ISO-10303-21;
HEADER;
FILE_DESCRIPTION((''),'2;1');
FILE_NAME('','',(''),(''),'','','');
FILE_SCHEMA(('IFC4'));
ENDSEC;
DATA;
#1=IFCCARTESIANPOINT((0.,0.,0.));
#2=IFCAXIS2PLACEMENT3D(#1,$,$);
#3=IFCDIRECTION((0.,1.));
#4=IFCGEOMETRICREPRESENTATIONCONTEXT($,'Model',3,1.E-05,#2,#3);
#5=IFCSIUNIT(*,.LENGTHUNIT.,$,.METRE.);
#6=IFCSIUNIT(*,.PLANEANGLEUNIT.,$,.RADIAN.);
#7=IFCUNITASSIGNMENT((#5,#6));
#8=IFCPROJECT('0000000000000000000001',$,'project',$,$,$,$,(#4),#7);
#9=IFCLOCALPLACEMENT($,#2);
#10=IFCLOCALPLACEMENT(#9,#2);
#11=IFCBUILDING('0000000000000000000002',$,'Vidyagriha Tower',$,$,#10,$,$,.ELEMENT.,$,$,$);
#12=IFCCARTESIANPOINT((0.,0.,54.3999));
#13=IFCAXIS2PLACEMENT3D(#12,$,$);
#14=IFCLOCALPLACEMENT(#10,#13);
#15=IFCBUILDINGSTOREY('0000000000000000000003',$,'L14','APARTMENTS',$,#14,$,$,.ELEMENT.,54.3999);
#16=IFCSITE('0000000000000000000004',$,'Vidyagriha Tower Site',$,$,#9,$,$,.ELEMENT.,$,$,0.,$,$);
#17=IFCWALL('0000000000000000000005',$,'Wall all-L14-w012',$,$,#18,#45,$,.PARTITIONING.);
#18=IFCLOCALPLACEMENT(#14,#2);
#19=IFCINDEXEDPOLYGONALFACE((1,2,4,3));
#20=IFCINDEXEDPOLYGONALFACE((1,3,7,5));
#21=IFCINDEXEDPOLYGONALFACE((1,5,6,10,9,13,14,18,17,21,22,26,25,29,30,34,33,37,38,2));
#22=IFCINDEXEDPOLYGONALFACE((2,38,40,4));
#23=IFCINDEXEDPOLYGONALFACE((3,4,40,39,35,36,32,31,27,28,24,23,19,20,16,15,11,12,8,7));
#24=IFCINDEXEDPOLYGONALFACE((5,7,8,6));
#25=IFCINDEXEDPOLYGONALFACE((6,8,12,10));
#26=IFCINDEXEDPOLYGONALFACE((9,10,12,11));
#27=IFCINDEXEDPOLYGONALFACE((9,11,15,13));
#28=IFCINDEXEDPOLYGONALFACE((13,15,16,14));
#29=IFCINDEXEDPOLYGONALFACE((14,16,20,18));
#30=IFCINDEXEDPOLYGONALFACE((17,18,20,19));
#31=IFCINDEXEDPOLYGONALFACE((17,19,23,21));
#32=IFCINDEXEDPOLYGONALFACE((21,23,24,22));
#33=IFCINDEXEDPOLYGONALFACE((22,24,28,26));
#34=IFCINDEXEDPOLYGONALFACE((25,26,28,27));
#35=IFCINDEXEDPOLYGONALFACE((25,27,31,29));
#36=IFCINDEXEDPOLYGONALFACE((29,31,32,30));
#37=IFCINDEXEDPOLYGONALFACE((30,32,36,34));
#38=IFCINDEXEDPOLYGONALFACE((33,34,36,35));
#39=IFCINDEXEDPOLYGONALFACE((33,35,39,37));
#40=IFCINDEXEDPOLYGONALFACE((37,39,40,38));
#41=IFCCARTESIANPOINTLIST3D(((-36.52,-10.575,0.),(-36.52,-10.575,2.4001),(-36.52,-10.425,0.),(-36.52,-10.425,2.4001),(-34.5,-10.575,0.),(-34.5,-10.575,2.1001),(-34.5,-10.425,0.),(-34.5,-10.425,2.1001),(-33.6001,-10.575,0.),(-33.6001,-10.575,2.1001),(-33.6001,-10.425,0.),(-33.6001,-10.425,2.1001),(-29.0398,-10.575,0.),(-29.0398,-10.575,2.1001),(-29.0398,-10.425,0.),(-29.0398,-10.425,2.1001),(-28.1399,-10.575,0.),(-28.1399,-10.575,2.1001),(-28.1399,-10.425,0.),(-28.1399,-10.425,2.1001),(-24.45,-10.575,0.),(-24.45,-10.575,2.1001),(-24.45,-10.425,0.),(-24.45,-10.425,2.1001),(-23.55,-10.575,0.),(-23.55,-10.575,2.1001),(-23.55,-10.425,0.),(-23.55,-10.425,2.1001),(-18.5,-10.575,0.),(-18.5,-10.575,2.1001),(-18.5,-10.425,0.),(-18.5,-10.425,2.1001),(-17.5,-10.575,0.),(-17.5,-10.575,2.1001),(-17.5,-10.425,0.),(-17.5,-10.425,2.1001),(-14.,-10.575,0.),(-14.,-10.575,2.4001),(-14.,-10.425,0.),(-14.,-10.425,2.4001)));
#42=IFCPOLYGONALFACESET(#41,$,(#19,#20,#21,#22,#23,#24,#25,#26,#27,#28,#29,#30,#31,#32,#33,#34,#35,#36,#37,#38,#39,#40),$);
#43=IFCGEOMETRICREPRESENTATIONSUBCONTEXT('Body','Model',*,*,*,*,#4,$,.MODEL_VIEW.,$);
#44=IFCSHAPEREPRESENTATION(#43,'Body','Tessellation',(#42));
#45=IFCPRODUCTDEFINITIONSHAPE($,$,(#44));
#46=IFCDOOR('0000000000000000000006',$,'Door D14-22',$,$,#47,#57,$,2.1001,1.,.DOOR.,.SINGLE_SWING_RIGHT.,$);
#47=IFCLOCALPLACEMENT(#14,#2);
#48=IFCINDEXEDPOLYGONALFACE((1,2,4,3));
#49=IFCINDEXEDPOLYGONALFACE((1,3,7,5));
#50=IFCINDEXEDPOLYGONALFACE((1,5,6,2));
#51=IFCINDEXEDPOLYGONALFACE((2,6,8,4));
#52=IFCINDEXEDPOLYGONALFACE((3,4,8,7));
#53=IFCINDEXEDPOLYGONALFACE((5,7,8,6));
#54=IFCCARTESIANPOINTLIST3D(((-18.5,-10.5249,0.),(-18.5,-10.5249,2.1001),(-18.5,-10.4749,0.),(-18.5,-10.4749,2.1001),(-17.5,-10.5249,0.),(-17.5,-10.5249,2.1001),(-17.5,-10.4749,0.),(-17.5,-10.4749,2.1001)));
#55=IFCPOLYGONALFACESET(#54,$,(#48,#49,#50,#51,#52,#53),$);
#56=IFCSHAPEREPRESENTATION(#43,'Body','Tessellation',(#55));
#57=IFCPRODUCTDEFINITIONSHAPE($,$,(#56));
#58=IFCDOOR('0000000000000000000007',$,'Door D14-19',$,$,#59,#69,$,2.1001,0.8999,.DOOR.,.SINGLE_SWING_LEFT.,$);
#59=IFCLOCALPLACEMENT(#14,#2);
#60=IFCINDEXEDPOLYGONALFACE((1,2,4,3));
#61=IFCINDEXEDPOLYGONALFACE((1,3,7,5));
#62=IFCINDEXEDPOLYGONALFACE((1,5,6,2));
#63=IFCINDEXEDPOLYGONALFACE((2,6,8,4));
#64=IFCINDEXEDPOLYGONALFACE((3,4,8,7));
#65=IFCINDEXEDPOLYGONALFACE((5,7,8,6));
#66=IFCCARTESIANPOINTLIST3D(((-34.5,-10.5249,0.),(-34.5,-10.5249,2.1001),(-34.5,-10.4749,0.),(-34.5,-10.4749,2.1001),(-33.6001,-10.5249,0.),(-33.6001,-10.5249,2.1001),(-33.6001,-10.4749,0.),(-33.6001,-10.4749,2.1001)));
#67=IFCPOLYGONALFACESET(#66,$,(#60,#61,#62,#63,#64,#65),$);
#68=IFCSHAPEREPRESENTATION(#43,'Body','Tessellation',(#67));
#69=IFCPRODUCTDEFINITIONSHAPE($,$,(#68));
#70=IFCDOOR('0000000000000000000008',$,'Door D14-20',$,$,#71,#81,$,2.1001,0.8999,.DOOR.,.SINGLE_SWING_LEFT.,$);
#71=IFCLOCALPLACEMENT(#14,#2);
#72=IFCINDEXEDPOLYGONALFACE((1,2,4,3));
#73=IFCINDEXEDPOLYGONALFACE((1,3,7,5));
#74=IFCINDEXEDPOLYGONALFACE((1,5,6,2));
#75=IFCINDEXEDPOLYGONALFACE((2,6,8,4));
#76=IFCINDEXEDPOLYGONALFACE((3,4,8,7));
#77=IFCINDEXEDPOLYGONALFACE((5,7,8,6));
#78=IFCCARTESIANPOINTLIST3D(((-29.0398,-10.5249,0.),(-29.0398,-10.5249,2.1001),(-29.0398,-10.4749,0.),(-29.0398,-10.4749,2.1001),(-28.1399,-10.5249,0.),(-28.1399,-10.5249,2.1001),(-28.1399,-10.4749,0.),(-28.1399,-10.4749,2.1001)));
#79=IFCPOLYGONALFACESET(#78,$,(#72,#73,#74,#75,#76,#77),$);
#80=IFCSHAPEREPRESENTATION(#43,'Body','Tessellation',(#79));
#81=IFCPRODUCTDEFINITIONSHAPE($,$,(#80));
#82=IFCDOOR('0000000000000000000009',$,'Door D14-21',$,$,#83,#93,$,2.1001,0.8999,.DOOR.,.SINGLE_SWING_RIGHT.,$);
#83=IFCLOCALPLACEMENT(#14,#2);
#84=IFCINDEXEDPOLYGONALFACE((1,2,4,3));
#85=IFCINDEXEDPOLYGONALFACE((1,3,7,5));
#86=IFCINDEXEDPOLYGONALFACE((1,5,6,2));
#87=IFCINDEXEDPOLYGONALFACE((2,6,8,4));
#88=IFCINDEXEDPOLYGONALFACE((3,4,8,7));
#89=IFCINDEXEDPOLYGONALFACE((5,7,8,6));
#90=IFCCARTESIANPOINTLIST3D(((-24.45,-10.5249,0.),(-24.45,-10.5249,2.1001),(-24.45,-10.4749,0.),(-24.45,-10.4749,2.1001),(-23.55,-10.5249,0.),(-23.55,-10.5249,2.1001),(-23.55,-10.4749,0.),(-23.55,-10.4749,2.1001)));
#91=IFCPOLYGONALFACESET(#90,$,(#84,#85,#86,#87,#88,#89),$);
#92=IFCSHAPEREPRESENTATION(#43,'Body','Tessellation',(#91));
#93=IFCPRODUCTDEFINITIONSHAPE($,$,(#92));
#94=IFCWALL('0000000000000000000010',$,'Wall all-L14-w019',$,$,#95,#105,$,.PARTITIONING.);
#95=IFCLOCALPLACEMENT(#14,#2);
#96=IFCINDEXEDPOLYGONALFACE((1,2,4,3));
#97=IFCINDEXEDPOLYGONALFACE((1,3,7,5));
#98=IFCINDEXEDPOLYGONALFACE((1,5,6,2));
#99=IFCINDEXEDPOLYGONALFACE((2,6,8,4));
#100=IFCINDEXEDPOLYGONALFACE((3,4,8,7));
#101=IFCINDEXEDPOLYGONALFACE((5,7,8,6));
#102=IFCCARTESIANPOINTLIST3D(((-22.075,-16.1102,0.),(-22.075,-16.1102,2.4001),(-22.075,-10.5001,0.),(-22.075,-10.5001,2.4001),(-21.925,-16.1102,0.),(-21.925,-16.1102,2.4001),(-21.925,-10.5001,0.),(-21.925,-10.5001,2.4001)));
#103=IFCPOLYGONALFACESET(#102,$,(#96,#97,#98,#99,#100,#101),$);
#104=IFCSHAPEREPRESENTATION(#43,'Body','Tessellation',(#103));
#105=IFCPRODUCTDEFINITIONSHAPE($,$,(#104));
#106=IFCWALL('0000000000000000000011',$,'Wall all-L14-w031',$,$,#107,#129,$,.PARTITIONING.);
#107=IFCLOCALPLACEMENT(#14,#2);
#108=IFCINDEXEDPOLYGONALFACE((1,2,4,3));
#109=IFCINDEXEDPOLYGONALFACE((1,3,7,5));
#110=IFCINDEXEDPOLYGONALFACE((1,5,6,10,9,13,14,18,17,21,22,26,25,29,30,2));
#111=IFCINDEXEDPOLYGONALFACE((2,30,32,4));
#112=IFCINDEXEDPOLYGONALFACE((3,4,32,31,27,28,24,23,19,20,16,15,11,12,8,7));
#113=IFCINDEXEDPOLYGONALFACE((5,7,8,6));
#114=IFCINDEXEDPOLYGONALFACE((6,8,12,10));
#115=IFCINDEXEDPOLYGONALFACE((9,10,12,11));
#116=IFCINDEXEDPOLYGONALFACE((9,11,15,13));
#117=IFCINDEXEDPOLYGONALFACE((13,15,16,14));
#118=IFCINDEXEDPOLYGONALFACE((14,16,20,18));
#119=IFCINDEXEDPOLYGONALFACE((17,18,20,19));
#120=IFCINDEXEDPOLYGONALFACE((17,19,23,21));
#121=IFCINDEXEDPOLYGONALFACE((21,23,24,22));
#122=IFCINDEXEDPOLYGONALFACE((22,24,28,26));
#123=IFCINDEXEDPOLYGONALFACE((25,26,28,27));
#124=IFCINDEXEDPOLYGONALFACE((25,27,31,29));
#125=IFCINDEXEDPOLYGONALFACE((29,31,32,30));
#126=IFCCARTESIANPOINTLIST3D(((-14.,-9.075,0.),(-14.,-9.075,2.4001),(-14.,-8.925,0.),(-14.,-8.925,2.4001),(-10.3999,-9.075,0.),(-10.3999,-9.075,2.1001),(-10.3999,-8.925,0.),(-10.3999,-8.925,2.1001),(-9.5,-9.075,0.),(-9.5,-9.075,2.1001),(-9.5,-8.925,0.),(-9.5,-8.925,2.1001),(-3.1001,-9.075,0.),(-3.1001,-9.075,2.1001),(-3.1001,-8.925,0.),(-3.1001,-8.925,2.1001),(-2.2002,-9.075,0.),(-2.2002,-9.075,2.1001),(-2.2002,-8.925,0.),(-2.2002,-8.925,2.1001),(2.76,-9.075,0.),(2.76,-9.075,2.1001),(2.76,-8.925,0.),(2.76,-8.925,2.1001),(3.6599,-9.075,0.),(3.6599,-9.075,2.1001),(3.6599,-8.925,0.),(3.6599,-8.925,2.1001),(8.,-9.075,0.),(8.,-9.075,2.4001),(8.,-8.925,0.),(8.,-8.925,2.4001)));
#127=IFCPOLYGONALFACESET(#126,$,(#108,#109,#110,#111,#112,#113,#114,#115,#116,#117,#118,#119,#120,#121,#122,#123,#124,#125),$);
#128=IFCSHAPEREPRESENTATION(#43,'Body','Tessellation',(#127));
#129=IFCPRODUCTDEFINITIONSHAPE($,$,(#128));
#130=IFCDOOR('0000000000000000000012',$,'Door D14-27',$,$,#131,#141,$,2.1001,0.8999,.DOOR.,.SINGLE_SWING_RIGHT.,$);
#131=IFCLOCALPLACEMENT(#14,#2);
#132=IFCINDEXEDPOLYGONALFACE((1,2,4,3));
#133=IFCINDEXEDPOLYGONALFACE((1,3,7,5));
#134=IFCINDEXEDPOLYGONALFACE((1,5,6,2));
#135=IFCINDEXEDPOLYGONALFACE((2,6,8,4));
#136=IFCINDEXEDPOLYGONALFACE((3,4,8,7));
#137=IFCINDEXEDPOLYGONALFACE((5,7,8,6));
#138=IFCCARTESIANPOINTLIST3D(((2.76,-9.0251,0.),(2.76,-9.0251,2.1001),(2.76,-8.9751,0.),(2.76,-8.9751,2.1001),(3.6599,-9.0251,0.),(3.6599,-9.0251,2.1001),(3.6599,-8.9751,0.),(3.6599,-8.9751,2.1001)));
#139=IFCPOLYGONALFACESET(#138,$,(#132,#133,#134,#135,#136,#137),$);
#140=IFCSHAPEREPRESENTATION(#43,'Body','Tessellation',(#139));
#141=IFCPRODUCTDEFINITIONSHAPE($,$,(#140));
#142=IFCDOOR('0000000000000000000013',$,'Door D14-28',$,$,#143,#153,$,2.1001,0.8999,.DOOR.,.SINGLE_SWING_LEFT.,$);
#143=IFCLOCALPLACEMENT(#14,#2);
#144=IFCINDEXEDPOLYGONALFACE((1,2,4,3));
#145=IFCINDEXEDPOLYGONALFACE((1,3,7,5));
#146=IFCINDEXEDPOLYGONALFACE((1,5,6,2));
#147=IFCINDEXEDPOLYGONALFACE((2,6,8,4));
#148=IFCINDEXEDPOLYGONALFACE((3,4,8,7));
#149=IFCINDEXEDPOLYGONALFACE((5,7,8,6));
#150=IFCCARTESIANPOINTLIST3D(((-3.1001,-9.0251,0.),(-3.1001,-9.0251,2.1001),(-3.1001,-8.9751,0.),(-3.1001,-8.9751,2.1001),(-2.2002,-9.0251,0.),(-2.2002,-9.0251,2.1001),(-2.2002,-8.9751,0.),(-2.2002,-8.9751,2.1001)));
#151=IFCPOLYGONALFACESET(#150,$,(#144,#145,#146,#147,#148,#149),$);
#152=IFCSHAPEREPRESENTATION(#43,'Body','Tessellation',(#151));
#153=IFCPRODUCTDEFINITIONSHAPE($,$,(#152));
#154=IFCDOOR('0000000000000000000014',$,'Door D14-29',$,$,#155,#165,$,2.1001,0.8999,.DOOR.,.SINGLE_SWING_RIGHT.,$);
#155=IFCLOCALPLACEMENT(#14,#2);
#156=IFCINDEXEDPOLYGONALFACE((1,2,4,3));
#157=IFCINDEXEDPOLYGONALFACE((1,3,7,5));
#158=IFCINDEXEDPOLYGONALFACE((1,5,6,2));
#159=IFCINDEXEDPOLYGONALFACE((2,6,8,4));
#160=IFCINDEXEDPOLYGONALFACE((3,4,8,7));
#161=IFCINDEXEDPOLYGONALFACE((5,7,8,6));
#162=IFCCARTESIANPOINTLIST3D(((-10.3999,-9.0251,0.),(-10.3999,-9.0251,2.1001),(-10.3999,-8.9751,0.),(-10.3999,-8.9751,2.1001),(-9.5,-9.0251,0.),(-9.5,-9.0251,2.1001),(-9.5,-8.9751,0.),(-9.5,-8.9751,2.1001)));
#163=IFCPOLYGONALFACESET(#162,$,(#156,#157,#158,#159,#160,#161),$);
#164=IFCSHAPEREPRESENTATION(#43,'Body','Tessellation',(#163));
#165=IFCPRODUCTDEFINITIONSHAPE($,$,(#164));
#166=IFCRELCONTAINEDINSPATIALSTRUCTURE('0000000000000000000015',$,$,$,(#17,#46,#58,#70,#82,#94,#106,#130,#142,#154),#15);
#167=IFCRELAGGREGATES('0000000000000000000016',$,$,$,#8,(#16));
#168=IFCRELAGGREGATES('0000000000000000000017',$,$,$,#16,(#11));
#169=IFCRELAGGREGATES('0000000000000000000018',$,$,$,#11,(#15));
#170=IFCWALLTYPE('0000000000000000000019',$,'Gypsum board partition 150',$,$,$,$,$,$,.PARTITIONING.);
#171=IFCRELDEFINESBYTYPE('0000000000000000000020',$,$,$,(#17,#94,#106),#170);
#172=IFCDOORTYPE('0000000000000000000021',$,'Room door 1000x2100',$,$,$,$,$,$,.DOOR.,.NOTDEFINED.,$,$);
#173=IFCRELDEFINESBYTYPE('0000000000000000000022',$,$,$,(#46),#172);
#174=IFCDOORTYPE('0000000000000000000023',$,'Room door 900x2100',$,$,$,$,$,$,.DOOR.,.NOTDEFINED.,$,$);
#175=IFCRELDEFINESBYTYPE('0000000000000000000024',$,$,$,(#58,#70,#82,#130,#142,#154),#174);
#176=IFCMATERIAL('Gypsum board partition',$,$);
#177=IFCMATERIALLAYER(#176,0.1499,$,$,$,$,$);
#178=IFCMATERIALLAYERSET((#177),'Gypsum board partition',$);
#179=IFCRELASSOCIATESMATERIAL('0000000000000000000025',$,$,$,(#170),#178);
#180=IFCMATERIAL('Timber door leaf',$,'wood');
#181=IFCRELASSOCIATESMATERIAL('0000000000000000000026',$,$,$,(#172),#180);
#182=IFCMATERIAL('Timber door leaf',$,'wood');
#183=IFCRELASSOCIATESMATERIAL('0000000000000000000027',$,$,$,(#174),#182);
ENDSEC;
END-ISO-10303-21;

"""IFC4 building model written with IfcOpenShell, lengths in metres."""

from ifc_helpers import new_model, si_unit, direction, frame, frame_2d, origin, place, context, subcontext, project, spatial, rectangle, extrude, material, layer, layer_set, type_object, element, fill, save


model = new_model("IFC4")

# Units and contexts
model_context = context("Model", 3, precision=1e-05, world=origin(), true_north=direction((0.0, 1.0)))
body_context = subcontext(model_context, "Body", "Model", "MODEL_VIEW")
ifc_project = project(units=[si_unit("LENGTHUNIT", "METRE"), si_unit("PLANEANGLEUNIT", "RADIAN")], contexts=[model_context])

# Site, building, storey
site_placement = place(None, origin())
site = spatial("IfcSite", under=ifc_project, at=site_placement, Name="Vidyagriha Tower Site", CompositionType="ELEMENT", RefElevation=0.0)
building_placement = place(site_placement, origin())
building = spatial("IfcBuilding", under=site, at=building_placement, Name="Vidyagriha Tower", CompositionType="ELEMENT")
storey_placement = place(building_placement, frame((0.0, 0.0, 54.3999)))
storey = spatial("IfcBuildingStorey", under=building, at=storey_placement, Name="L14", Description="APARTMENTS", CompositionType="ELEMENT", Elevation=54.3999)

# Shared definitions
ifc_material_1 = material(Name="Gypsum board partition")
ifc_layer_1 = layer(ifc_material_1, 0.1499)
ifc_layer_set_1 = layer_set([ifc_layer_1], Name="Gypsum board partition")
wall_type_1 = type_object("IfcWallType", Name="Gypsum board partition 150", PredefinedType="PARTITIONING", material=ifc_layer_set_1)

# Wall, openings, doors
wall_1_placement = place(storey_placement, frame((-14.0, -10.5, 0.0), z_axis=(0.0, 0.0, 1.0), x_axis=(-1.0, 0.0, 0.0)))
wall_1 = element("IfcWall", 1, at=wall_1_placement, inside=storey, type_object=wall_type_1, Name="Wall all-L14-w012", PredefinedType="PARTITIONING", context=body_context, shape_type="SweptSolid", body=[
    extrude(rectangle(XDim=22.52, YDim=0.1499, at=frame_2d((11.26, 0.0))), origin(), (0.0, 0.0, 1.0), 2.4001),
])
opening_1_placement = place(wall_1_placement, frame((19.6001, 0.0, 0.0)))
opening_1 = element("IfcOpeningElement", 2, at=opening_1_placement, cuts=wall_1, PredefinedType="OPENING", context=body_context, shape_type="SweptSolid", body=[
    extrude(rectangle(XDim=0.8999, YDim=2.1001, at=frame_2d((0.45, 1.05))), frame((0.0, 0.085, 0.0), z_axis=(0.0, -1.0, 0.0), x_axis=(1.0, 0.0, 0.0)), (0.0, 0.0, 1.0), 0.1699),
])
opening_2_placement = place(wall_1_placement, frame((14.1399, 0.0, 0.0)))
opening_2 = element("IfcOpeningElement", 3, at=opening_2_placement, cuts=wall_1, PredefinedType="OPENING", context=body_context, shape_type="SweptSolid", body=[
    extrude(rectangle(XDim=0.8999, YDim=2.1001, at=frame_2d((0.45, 1.05))), frame((0.0, 0.085, 0.0), z_axis=(0.0, -1.0, 0.0), x_axis=(1.0, 0.0, 0.0)), (0.0, 0.0, 1.0), 0.1699),
])
opening_3_placement = place(wall_1_placement, frame((9.55, 0.0, 0.0)))
opening_3 = element("IfcOpeningElement", 4, at=opening_3_placement, cuts=wall_1, PredefinedType="OPENING", context=body_context, shape_type="SweptSolid", body=[
    extrude(rectangle(XDim=0.8999, YDim=2.1001, at=frame_2d((0.45, 1.05))), frame((0.0, 0.085, 0.0), z_axis=(0.0, -1.0, 0.0), x_axis=(1.0, 0.0, 0.0)), (0.0, 0.0, 1.0), 0.1699),
])
opening_4_placement = place(wall_1_placement, frame((3.5, 0.0, 0.0)))
opening_4 = element("IfcOpeningElement", 5, at=opening_4_placement, cuts=wall_1, PredefinedType="OPENING", context=body_context, shape_type="SweptSolid", body=[
    extrude(rectangle(XDim=1.0, YDim=2.1001, at=frame_2d((0.5, 1.05))), frame((0.0, 0.085, 0.0), z_axis=(0.0, -1.0, 0.0), x_axis=(1.0, 0.0, 0.0)), (0.0, 0.0, 1.0), 0.1699),
])
ifc_material_2 = material(Name="Timber door leaf", Category="wood")
door_type_1 = type_object("IfcDoorType", Name="Room door 1000x2100", OperationType="NOTDEFINED", PredefinedType="DOOR", material=ifc_material_2)
door_1_placement = place(opening_4_placement, origin())
door_1 = element("IfcDoor", 6, at=door_1_placement, inside=storey, type_object=door_type_1, Name="Door D14-22", OperationType="SINGLE_SWING_RIGHT", OverallHeight=2.1001, OverallWidth=1.0, PredefinedType="DOOR", context=body_context, shape_type="SweptSolid", body=[
    extrude(rectangle(XDim=1.0, YDim=2.1001, at=frame_2d((0.5, 1.05))), frame((0.0, 0.0249, 0.0), z_axis=(0.0, -1.0, 0.0), x_axis=(1.0, 0.0, 0.0)), (0.0, 0.0, 1.0), 0.05),
])
fill(opening_4, door_1)
ifc_material_3 = material(Name="Timber door leaf", Category="wood")
door_type_2 = type_object("IfcDoorType", Name="Room door 900x2100", OperationType="NOTDEFINED", PredefinedType="DOOR", material=ifc_material_3)
door_2_placement = place(opening_1_placement, origin())
door_2 = element("IfcDoor", 7, at=door_2_placement, inside=storey, type_object=door_type_2, Name="Door D14-19", OperationType="SINGLE_SWING_LEFT", OverallHeight=2.1001, OverallWidth=0.8999, PredefinedType="DOOR", context=body_context, shape_type="SweptSolid", body=[
    extrude(rectangle(XDim=0.8999, YDim=2.1001, at=frame_2d((0.45, 1.05))), frame((0.0, 0.0249, 0.0), z_axis=(0.0, -1.0, 0.0), x_axis=(1.0, 0.0, 0.0)), (0.0, 0.0, 1.0), 0.05),
])
fill(opening_1, door_2)
door_3_placement = place(opening_2_placement, origin())
door_3 = element("IfcDoor", 8, at=door_3_placement, inside=storey, type_object=door_type_2, Name="Door D14-20", OperationType="SINGLE_SWING_LEFT", OverallHeight=2.1001, OverallWidth=0.8999, PredefinedType="DOOR", context=body_context, shape_type="SweptSolid", body=[
    extrude(rectangle(XDim=0.8999, YDim=2.1001, at=frame_2d((0.45, 1.05))), frame((0.0, 0.0249, 0.0), z_axis=(0.0, -1.0, 0.0), x_axis=(1.0, 0.0, 0.0)), (0.0, 0.0, 1.0), 0.05),
])
fill(opening_2, door_3)
door_4_placement = place(opening_3_placement, origin())
door_4 = element("IfcDoor", 9, at=door_4_placement, inside=storey, type_object=door_type_2, Name="Door D14-21", OperationType="SINGLE_SWING_RIGHT", OverallHeight=2.1001, OverallWidth=0.8999, PredefinedType="DOOR", context=body_context, shape_type="SweptSolid", body=[
    extrude(rectangle(XDim=0.8999, YDim=2.1001, at=frame_2d((0.45, 1.05))), frame((0.0, 0.0249, 0.0), z_axis=(0.0, -1.0, 0.0), x_axis=(1.0, 0.0, 0.0)), (0.0, 0.0, 1.0), 0.05),
])
fill(opening_3, door_4)

# Wall
wall_2_placement = place(storey_placement, frame((-22.0, -10.5, 0.0), z_axis=(0.0, 0.0, 1.0), x_axis=(0.0, -1.0, 0.0)))
element("IfcWall", 10, at=wall_2_placement, inside=storey, type_object=wall_type_1, Name="Wall all-L14-w019", PredefinedType="PARTITIONING", context=body_context, shape_type="SweptSolid", body=[
    extrude(rectangle(XDim=5.6101, YDim=0.1499, at=frame_2d((2.8052, 0.0))), origin(), (0.0, 0.0, 1.0), 2.4001),
])

# Wall, openings, doors
wall_3_placement = place(storey_placement, frame((-14.0, -9.0, 0.0)))
wall_3 = element("IfcWall", 11, at=wall_3_placement, inside=storey, type_object=wall_type_1, Name="Wall all-L14-w031", PredefinedType="PARTITIONING", context=body_context, shape_type="SweptSolid", body=[
    extrude(rectangle(XDim=22.0, YDim=0.1499, at=frame_2d((11.0, 0.0))), origin(), (0.0, 0.0, 1.0), 2.4001),
])
opening_5_placement = place(wall_3_placement, frame((16.76, 0.0, 0.0)))
opening_5 = element("IfcOpeningElement", 12, at=opening_5_placement, cuts=wall_3, PredefinedType="OPENING", context=body_context, shape_type="SweptSolid", body=[
    extrude(rectangle(XDim=0.8999, YDim=2.1001, at=frame_2d((0.45, 1.05))), frame((0.0, 0.085, 0.0), z_axis=(0.0, -1.0, 0.0), x_axis=(1.0, 0.0, 0.0)), (0.0, 0.0, 1.0), 0.1699),
])
opening_6_placement = place(wall_3_placement, frame((10.8999, 0.0, 0.0)))
opening_6 = element("IfcOpeningElement", 13, at=opening_6_placement, cuts=wall_3, PredefinedType="OPENING", context=body_context, shape_type="SweptSolid", body=[
    extrude(rectangle(XDim=0.8999, YDim=2.1001, at=frame_2d((0.45, 1.05))), frame((0.0, 0.085, 0.0), z_axis=(0.0, -1.0, 0.0), x_axis=(1.0, 0.0, 0.0)), (0.0, 0.0, 1.0), 0.1699),
])
opening_7_placement = place(wall_3_placement, frame((3.6001, 0.0, 0.0)))
opening_7 = element("IfcOpeningElement", 14, at=opening_7_placement, cuts=wall_3, PredefinedType="OPENING", context=body_context, shape_type="SweptSolid", body=[
    extrude(rectangle(XDim=0.8999, YDim=2.1001, at=frame_2d((0.45, 1.05))), frame((0.0, 0.085, 0.0), z_axis=(0.0, -1.0, 0.0), x_axis=(1.0, 0.0, 0.0)), (0.0, 0.0, 1.0), 0.1699),
])
door_5_placement = place(opening_5_placement, origin())
door_5 = element("IfcDoor", 15, at=door_5_placement, inside=storey, type_object=door_type_2, Name="Door D14-27", OperationType="SINGLE_SWING_RIGHT", OverallHeight=2.1001, OverallWidth=0.8999, PredefinedType="DOOR", context=body_context, shape_type="SweptSolid", body=[
    extrude(rectangle(XDim=0.8999, YDim=2.1001, at=frame_2d((0.45, 1.05))), frame((0.0, 0.0249, 0.0), z_axis=(0.0, -1.0, 0.0), x_axis=(1.0, 0.0, 0.0)), (0.0, 0.0, 1.0), 0.05),
])
fill(opening_5, door_5)
door_6_placement = place(opening_6_placement, origin())
door_6 = element("IfcDoor", 16, at=door_6_placement, inside=storey, type_object=door_type_2, Name="Door D14-28", OperationType="SINGLE_SWING_LEFT", OverallHeight=2.1001, OverallWidth=0.8999, PredefinedType="DOOR", context=body_context, shape_type="SweptSolid", body=[
    extrude(rectangle(XDim=0.8999, YDim=2.1001, at=frame_2d((0.45, 1.05))), frame((0.0, 0.0249, 0.0), z_axis=(0.0, -1.0, 0.0), x_axis=(1.0, 0.0, 0.0)), (0.0, 0.0, 1.0), 0.05),
])
fill(opening_6, door_6)
door_7_placement = place(opening_7_placement, origin())
door_7 = element("IfcDoor", 17, at=door_7_placement, inside=storey, type_object=door_type_2, Name="Door D14-29", OperationType="SINGLE_SWING_RIGHT", OverallHeight=2.1001, OverallWidth=0.8999, PredefinedType="DOOR", context=body_context, shape_type="SweptSolid", body=[
    extrude(rectangle(XDim=0.8999, YDim=2.1001, at=frame_2d((0.45, 1.05))), frame((0.0, 0.0249, 0.0), z_axis=(0.0, -1.0, 0.0), x_axis=(1.0, 0.0, 0.0)), (0.0, 0.0, 1.0), 0.05),
])
fill(opening_7, door_7)

save(model, "model.ifc")
